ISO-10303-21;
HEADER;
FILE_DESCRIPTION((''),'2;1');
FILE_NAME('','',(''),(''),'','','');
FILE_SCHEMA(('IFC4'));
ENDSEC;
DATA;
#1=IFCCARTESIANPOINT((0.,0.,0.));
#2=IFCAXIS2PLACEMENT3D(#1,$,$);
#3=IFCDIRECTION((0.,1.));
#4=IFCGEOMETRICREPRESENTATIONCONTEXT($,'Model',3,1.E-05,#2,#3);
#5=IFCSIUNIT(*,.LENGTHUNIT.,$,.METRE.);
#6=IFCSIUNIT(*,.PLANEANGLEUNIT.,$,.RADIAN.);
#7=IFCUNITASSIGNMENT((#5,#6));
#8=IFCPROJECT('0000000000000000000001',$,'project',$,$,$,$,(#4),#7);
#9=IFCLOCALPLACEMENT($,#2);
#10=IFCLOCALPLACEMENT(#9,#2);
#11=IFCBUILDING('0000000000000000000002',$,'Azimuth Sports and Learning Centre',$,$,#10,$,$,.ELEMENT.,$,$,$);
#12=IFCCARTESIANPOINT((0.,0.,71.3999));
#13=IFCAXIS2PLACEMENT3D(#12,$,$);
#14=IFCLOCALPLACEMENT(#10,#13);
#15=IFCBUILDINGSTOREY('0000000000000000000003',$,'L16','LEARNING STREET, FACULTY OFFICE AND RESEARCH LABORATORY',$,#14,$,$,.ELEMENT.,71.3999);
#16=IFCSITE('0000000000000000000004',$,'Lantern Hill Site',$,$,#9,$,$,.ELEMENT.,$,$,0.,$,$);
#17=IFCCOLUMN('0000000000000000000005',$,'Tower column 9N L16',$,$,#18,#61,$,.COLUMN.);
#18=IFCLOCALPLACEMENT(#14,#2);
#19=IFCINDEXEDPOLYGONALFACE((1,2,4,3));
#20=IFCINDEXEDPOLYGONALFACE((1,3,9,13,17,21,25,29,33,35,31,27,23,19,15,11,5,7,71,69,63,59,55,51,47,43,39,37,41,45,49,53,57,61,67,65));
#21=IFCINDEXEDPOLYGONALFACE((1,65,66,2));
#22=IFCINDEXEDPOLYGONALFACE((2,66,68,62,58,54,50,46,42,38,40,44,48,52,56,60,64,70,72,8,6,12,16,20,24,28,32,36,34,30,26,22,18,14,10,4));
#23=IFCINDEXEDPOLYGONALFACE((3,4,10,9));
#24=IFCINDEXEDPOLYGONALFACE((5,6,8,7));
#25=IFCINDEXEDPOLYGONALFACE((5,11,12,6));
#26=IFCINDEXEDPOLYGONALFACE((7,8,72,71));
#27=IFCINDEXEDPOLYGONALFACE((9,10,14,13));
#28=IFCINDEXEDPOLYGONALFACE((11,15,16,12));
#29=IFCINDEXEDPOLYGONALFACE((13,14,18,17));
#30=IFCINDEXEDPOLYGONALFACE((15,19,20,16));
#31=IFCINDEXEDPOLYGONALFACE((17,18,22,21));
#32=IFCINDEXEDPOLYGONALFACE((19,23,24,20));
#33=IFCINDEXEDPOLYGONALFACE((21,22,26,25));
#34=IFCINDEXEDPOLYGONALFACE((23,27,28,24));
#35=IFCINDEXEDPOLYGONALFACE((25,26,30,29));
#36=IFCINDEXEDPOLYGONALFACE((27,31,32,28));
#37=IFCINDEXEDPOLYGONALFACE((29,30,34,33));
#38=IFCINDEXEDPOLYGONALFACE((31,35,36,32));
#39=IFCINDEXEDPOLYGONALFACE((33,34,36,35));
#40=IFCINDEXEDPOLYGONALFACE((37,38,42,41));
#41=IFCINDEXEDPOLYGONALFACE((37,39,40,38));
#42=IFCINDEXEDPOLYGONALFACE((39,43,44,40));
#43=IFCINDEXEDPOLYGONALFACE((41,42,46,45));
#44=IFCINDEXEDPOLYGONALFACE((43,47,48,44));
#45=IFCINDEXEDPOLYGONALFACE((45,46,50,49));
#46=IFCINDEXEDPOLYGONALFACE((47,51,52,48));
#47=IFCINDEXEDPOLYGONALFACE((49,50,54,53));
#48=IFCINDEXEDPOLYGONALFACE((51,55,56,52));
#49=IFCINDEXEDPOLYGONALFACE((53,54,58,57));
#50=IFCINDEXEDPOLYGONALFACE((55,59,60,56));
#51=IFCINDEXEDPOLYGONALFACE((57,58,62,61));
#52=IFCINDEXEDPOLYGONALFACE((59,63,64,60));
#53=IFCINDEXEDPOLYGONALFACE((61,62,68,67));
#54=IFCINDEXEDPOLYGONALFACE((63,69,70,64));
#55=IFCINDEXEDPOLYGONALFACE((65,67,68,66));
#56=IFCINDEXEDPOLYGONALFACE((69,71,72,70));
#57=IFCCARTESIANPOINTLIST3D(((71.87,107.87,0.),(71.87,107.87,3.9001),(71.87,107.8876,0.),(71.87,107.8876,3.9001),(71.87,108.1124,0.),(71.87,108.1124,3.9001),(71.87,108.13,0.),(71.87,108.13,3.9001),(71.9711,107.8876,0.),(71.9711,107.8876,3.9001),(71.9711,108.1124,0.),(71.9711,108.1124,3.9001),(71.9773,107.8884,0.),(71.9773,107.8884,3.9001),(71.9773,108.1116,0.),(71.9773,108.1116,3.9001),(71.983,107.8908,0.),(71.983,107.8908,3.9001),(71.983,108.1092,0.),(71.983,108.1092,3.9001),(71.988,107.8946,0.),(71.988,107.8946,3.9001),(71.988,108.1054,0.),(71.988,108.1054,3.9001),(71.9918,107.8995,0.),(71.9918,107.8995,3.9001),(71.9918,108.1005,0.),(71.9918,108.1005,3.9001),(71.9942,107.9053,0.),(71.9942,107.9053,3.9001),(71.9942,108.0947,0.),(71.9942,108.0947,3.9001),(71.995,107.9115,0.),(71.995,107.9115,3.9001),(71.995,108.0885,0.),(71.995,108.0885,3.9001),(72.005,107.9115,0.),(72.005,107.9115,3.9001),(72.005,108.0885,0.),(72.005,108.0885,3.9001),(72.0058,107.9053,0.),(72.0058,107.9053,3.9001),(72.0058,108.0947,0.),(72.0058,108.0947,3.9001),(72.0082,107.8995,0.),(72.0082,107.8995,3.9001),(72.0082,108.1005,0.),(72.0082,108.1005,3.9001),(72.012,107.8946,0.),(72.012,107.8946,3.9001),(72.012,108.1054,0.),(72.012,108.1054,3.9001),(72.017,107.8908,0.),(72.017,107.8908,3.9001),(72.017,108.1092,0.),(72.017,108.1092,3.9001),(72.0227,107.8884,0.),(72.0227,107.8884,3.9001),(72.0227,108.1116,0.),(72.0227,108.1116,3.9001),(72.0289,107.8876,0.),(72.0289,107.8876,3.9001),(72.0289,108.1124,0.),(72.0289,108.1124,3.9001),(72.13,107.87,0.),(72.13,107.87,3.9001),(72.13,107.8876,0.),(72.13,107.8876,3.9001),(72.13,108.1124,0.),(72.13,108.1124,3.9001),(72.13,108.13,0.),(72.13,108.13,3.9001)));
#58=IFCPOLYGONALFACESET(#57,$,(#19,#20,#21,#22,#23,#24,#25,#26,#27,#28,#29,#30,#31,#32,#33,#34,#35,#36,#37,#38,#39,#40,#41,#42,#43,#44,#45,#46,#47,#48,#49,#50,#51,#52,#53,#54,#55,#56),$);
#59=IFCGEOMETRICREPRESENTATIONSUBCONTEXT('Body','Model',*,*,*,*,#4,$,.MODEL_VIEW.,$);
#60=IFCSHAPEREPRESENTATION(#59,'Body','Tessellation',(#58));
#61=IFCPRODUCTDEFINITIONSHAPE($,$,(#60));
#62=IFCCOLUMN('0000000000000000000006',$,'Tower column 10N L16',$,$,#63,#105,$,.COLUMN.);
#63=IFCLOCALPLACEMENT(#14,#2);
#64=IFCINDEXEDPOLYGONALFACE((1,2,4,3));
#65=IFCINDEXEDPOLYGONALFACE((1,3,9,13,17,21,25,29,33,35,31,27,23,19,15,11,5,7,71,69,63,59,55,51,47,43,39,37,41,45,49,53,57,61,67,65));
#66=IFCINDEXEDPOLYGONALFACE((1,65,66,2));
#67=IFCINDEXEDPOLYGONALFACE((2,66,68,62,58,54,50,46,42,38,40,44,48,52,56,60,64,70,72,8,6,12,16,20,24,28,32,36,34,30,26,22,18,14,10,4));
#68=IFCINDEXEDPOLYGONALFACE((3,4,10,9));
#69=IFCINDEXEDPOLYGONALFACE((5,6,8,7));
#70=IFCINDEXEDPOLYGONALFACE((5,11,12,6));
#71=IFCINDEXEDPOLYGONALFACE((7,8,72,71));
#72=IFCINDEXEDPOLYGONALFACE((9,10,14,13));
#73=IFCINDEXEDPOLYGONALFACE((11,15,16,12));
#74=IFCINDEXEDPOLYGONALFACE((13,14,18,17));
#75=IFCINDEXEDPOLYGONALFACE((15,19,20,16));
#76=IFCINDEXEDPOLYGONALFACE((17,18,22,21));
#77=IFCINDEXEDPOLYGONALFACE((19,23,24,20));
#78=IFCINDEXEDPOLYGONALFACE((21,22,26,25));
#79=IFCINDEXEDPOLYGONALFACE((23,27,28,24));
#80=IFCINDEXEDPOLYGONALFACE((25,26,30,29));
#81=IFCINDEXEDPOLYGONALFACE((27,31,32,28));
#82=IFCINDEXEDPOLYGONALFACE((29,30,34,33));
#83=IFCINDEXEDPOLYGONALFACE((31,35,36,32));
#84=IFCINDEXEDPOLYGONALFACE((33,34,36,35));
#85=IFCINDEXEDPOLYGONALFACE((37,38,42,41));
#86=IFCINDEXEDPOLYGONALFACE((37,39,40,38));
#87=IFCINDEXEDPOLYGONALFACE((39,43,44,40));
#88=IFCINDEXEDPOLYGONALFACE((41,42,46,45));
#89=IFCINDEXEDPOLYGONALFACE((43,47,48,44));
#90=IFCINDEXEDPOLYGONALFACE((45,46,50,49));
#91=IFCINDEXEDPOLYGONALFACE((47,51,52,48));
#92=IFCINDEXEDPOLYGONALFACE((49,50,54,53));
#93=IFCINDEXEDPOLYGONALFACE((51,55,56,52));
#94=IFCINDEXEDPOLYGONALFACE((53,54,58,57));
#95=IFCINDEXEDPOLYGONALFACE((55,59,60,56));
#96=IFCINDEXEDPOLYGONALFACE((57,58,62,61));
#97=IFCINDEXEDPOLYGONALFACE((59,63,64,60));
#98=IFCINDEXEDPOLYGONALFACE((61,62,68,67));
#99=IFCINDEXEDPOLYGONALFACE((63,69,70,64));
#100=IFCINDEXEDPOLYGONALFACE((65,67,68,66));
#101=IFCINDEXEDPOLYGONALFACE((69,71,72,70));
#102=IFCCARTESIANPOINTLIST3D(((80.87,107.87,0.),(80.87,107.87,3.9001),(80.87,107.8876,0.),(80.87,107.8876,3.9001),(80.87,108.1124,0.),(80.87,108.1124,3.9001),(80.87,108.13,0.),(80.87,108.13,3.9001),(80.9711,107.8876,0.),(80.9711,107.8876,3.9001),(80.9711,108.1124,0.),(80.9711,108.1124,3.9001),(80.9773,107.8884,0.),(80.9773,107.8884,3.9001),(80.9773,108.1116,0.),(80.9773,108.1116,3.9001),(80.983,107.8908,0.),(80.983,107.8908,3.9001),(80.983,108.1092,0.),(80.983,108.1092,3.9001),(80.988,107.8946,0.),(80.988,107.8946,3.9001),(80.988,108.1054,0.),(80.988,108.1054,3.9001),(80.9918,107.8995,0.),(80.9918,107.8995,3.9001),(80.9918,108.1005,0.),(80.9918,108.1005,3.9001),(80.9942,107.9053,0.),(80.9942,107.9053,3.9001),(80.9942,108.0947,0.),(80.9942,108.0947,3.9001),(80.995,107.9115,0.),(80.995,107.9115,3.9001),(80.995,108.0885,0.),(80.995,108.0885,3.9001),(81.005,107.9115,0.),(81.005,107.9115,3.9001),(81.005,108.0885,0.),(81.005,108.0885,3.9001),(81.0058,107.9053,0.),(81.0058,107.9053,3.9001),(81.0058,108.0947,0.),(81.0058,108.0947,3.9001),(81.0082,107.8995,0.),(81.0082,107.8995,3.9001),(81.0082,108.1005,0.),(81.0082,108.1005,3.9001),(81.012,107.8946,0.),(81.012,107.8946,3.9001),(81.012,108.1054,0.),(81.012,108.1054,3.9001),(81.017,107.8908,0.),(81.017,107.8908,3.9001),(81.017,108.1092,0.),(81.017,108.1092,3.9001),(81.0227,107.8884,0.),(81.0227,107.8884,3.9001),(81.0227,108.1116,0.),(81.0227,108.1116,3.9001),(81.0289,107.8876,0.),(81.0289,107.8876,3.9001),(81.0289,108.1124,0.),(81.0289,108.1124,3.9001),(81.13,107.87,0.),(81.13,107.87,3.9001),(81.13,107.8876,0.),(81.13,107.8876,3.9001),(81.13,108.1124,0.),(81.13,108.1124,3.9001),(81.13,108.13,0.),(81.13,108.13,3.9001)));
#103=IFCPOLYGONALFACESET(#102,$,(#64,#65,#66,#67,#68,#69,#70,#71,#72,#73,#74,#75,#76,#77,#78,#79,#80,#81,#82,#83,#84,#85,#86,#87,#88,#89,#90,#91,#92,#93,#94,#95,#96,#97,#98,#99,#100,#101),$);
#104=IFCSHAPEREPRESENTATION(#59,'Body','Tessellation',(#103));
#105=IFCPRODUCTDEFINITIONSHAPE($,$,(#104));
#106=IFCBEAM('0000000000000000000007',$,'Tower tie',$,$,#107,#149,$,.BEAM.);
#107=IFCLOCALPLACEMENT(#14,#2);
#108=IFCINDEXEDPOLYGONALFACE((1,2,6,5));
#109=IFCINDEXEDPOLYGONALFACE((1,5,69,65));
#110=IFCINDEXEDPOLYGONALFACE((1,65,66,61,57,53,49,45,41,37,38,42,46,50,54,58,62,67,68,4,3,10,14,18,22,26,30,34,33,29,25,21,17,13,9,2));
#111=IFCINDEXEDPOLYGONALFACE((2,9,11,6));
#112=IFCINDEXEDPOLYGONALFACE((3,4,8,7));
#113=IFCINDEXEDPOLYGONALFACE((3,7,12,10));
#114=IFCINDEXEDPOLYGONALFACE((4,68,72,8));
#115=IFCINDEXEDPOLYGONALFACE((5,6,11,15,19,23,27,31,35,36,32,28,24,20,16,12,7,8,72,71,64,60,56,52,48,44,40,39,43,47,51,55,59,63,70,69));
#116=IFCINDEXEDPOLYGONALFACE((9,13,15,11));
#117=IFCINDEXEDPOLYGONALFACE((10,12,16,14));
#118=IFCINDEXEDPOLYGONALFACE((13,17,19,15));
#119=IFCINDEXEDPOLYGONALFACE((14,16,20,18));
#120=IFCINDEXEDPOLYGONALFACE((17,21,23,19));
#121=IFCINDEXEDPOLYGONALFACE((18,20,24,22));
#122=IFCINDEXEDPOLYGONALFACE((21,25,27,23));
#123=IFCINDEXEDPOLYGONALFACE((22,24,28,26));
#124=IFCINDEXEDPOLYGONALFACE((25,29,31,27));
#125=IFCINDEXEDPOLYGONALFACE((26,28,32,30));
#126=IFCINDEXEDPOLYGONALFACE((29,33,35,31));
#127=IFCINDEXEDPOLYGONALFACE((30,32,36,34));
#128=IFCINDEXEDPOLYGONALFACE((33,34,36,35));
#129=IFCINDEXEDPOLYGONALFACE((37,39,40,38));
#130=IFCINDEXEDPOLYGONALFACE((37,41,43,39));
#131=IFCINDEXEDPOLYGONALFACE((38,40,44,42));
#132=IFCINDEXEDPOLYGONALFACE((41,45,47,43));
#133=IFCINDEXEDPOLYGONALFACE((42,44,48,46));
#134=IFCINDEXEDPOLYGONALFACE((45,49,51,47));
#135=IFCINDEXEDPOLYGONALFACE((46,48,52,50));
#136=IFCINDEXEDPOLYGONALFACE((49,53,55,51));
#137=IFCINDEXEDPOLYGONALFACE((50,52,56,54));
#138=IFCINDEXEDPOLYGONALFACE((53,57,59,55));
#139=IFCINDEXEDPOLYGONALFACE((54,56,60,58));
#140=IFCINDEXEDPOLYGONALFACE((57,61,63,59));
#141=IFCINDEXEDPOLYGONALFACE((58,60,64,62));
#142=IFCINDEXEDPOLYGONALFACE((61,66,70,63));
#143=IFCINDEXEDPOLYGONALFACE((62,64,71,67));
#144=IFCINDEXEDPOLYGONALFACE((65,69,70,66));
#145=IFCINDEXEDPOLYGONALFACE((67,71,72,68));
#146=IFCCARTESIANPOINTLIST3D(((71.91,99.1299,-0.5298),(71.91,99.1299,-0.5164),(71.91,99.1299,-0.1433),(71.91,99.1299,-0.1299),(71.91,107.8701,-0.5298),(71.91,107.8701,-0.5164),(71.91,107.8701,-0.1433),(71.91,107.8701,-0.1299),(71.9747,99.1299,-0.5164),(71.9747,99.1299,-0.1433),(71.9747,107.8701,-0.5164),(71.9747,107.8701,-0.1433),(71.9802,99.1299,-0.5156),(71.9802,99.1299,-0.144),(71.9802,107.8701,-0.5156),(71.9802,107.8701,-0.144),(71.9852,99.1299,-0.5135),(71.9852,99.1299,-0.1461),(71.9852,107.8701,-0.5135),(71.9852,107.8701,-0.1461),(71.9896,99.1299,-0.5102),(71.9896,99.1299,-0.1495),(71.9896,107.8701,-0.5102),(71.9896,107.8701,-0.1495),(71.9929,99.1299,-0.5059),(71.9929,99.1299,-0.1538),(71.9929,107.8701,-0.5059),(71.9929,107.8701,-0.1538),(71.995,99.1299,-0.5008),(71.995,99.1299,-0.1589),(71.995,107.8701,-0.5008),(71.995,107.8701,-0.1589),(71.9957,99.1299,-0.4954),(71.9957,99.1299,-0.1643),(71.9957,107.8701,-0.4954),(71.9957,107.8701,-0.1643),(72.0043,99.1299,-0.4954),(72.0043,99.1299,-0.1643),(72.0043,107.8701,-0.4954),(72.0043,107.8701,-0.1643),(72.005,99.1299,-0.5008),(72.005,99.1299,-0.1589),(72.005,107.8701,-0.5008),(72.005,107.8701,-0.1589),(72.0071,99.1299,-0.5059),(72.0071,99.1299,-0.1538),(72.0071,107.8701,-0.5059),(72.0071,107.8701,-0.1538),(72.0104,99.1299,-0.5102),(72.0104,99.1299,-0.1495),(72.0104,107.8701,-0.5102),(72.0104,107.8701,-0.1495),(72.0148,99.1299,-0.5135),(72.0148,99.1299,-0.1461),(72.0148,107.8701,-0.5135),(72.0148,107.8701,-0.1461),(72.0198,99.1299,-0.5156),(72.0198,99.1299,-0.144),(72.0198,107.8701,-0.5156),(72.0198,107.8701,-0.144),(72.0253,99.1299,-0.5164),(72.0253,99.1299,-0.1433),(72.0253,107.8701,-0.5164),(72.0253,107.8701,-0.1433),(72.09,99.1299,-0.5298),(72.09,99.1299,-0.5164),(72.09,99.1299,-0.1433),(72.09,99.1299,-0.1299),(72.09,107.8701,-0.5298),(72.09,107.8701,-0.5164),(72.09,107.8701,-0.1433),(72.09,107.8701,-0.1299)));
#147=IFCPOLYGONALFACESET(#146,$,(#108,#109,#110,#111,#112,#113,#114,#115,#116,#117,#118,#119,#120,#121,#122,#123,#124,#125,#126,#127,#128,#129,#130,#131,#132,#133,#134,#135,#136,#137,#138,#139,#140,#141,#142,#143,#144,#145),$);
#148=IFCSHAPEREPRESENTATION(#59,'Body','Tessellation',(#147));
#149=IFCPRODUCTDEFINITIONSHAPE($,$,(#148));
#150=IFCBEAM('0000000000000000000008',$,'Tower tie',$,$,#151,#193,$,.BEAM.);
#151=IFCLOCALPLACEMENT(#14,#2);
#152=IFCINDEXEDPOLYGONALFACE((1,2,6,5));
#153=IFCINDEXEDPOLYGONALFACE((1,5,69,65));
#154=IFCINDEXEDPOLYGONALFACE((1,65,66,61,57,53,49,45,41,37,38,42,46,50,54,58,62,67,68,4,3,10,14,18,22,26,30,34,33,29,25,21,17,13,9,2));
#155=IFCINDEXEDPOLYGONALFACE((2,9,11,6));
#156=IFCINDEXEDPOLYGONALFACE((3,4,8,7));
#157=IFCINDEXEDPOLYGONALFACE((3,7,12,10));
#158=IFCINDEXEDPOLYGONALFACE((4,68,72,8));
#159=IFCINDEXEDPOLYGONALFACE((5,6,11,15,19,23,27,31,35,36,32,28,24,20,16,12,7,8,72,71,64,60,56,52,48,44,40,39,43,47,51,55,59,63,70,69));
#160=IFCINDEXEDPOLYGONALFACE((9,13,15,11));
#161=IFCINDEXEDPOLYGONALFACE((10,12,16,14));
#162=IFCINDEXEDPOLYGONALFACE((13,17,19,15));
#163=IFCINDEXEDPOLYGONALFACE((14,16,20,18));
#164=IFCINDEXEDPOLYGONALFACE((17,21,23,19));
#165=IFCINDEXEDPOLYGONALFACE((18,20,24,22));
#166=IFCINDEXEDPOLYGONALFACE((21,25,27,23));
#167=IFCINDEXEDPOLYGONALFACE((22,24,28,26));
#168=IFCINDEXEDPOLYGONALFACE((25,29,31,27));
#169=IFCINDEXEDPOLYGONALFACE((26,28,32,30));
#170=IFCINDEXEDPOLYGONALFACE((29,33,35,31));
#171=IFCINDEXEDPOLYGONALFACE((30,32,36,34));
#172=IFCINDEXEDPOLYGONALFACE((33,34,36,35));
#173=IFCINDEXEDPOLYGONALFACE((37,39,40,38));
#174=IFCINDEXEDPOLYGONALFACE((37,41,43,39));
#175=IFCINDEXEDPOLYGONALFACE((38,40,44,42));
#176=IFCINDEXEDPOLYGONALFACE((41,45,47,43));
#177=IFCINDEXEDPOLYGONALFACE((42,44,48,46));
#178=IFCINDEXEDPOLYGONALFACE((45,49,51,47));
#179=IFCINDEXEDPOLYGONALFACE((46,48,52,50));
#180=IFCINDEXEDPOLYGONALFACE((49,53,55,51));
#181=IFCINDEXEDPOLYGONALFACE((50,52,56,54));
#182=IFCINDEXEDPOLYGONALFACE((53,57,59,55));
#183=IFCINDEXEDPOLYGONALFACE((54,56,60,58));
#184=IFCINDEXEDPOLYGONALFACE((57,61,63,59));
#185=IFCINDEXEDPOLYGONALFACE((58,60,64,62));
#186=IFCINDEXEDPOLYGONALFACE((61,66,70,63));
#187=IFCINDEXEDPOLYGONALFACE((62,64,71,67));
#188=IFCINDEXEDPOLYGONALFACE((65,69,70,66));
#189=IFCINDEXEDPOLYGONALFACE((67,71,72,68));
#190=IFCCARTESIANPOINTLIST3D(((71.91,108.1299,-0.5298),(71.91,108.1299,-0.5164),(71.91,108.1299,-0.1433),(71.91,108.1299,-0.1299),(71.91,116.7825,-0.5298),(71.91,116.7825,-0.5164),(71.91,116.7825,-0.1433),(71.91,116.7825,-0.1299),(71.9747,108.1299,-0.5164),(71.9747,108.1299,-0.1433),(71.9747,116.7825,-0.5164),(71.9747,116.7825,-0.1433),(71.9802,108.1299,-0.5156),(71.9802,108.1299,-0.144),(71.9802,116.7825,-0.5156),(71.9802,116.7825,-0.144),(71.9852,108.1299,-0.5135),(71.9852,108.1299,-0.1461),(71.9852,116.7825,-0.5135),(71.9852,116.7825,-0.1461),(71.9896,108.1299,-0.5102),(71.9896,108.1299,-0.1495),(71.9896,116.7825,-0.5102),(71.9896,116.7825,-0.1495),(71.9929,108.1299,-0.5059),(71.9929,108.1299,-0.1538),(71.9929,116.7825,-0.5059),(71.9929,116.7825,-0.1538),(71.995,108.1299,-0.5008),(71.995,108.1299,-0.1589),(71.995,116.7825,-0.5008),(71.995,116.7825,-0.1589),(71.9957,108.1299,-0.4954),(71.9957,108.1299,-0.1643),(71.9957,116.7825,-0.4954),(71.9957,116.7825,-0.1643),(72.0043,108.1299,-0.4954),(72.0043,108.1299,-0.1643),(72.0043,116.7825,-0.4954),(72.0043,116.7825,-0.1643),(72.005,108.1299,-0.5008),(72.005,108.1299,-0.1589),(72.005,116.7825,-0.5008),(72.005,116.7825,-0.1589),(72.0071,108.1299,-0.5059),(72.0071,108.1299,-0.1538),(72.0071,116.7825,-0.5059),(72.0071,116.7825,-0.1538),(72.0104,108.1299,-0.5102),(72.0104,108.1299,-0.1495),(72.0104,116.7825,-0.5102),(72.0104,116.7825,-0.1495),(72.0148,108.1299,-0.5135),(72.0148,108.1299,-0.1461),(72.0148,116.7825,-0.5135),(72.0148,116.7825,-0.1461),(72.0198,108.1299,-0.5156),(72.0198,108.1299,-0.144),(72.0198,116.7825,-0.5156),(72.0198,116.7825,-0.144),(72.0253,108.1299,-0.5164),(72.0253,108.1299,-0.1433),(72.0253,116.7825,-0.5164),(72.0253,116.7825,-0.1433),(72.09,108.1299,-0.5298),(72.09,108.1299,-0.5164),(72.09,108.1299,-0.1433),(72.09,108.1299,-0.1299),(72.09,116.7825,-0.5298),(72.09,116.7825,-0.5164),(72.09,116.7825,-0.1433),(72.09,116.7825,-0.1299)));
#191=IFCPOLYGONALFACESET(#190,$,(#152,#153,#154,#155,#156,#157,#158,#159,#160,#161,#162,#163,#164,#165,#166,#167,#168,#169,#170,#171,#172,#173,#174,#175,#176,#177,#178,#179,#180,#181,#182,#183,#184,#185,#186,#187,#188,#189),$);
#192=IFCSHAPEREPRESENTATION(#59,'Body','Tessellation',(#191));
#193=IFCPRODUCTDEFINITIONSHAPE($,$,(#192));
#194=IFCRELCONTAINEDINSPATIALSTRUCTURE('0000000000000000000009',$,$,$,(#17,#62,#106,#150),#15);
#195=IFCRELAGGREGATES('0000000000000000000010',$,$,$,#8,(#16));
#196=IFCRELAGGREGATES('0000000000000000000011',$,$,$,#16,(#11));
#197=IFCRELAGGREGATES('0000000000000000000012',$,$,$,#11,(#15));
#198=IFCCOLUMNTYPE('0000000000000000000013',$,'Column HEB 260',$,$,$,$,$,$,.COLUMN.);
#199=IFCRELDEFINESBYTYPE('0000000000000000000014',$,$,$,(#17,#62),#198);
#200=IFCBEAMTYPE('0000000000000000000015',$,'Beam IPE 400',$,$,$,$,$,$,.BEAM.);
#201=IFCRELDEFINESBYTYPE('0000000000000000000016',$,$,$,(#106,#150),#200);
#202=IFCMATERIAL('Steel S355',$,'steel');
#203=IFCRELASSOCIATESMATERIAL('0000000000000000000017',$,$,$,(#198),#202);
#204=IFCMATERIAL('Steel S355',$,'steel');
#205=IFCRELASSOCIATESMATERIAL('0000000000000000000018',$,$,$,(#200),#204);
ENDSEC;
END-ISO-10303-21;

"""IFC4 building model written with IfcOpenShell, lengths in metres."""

from ifc_helpers import new_model, si_unit, direction, frame, origin, origin_2d, place, context, subcontext, project, spatial, i_section, extrude, material, material_profile, profile_set, type_object, element, save


model = new_model("IFC4")

# Units and contexts
model_context = context("Model", 3, precision=1e-05, world=origin(), true_north=direction((0.0, 1.0)))
body_context = subcontext(model_context, "Body", "Model", "MODEL_VIEW")
ifc_project = project(units=[si_unit("LENGTHUNIT", "METRE"), si_unit("PLANEANGLEUNIT", "RADIAN")], contexts=[model_context])

# Site, building, storey
site_placement = place(None, origin())
site = spatial("IfcSite", under=ifc_project, at=site_placement, Name="Lantern Hill Site", CompositionType="ELEMENT", RefElevation=0.0)
building_placement = place(site_placement, origin())
building = spatial("IfcBuilding", under=site, at=building_placement, Name="Azimuth Sports and Learning Centre", CompositionType="ELEMENT")
storey_placement = place(building_placement, frame((0.0, 0.0, 71.3999)))
storey = spatial("IfcBuildingStorey", under=building, at=storey_placement, Name="L16", Description="LEARNING STREET, FACULTY OFFICE AND RESEARCH LABORATORY", CompositionType="ELEMENT", Elevation=71.3999)

# Columns
ifc_material_1 = material(Name="Steel S355", Category="steel")
ifc_material_profile_1 = material_profile(ifc_material_1, i_section(OverallWidth=0.26, OverallDepth=0.26, WebThickness=0.01, FlangeThickness=0.0176, FilletRadius=0.0239, at=origin_2d()), Name="HEB 260")
ifc_profile_set_1 = profile_set([ifc_material_profile_1], Name="Steel S355")
column_type = type_object("IfcColumnType", Name="Column HEB 260", PredefinedType="COLUMN", material=ifc_profile_set_1)
for number, where, z_axis, x_axis, name in (
    (1, (72.0, 108.0, 0.0), (0.0, 0.0, 1.0), (1.0, 0.0, 0.0), "Tower column 9N L16"),
    (2, (81.0, 108.0, 0.0), (0.0, 0.0, 1.0), (1.0, 0.0, 0.0), "Tower column 10N L16"),
):
    element("IfcColumn", number, at=place(storey_placement, frame(where, z_axis=z_axis, x_axis=x_axis)), inside=storey, type_object=column_type, Name=name, PredefinedType="COLUMN", context=body_context, shape_type="SweptSolid", body=[
        extrude(i_section(OverallWidth=0.26, OverallDepth=0.26, WebThickness=0.01, FlangeThickness=0.0176, FilletRadius=0.0239, at=origin_2d()), origin(), (0.0, 0.0, 1.0), 3.9001),
    ])

# Beams
ifc_material_2 = material(Name="Steel S355", Category="steel")
ifc_material_profile_2 = material_profile(ifc_material_2, i_section(OverallWidth=0.1799, OverallDepth=0.3999, WebThickness=0.0085, FlangeThickness=0.0134, FilletRadius=0.021, at=origin_2d()), Name="IPE 400")
ifc_profile_set_2 = profile_set([ifc_material_profile_2], Name="Steel S355")
beam_type_1 = type_object("IfcBeamType", Name="Beam IPE 400", PredefinedType="BEAM", material=ifc_profile_set_2)
beam_1_placement = place(storey_placement, frame((72.0, 99.1299, -0.3298), z_axis=(0.0, 1.0, 0.0), x_axis=(-1.0, 0.0, 0.0)))
element("IfcBeam", 3, at=beam_1_placement, inside=storey, type_object=beam_type_1, Name="Tower tie", PredefinedType="BEAM", context=body_context, shape_type="SweptSolid", body=[
    extrude(i_section(OverallWidth=0.1799, OverallDepth=0.3999, WebThickness=0.0085, FlangeThickness=0.0134, FilletRadius=0.021, at=origin_2d()), origin(), (0.0, 0.0, 1.0), 8.7402),
])
beam_2_placement = place(storey_placement, frame((72.0, 108.1299, -0.3298), z_axis=(0.0, 1.0, 0.0), x_axis=(-1.0, 0.0, 0.0)))
element("IfcBeam", 4, at=beam_2_placement, inside=storey, type_object=beam_type_1, Name="Tower tie", PredefinedType="BEAM", context=body_context, shape_type="SweptSolid", body=[
    extrude(i_section(OverallWidth=0.1799, OverallDepth=0.3999, WebThickness=0.0085, FlangeThickness=0.0134, FilletRadius=0.021, at=origin_2d()), origin(), (0.0, 0.0, 1.0), 8.6526),
])

save(model, "model.ifc")
